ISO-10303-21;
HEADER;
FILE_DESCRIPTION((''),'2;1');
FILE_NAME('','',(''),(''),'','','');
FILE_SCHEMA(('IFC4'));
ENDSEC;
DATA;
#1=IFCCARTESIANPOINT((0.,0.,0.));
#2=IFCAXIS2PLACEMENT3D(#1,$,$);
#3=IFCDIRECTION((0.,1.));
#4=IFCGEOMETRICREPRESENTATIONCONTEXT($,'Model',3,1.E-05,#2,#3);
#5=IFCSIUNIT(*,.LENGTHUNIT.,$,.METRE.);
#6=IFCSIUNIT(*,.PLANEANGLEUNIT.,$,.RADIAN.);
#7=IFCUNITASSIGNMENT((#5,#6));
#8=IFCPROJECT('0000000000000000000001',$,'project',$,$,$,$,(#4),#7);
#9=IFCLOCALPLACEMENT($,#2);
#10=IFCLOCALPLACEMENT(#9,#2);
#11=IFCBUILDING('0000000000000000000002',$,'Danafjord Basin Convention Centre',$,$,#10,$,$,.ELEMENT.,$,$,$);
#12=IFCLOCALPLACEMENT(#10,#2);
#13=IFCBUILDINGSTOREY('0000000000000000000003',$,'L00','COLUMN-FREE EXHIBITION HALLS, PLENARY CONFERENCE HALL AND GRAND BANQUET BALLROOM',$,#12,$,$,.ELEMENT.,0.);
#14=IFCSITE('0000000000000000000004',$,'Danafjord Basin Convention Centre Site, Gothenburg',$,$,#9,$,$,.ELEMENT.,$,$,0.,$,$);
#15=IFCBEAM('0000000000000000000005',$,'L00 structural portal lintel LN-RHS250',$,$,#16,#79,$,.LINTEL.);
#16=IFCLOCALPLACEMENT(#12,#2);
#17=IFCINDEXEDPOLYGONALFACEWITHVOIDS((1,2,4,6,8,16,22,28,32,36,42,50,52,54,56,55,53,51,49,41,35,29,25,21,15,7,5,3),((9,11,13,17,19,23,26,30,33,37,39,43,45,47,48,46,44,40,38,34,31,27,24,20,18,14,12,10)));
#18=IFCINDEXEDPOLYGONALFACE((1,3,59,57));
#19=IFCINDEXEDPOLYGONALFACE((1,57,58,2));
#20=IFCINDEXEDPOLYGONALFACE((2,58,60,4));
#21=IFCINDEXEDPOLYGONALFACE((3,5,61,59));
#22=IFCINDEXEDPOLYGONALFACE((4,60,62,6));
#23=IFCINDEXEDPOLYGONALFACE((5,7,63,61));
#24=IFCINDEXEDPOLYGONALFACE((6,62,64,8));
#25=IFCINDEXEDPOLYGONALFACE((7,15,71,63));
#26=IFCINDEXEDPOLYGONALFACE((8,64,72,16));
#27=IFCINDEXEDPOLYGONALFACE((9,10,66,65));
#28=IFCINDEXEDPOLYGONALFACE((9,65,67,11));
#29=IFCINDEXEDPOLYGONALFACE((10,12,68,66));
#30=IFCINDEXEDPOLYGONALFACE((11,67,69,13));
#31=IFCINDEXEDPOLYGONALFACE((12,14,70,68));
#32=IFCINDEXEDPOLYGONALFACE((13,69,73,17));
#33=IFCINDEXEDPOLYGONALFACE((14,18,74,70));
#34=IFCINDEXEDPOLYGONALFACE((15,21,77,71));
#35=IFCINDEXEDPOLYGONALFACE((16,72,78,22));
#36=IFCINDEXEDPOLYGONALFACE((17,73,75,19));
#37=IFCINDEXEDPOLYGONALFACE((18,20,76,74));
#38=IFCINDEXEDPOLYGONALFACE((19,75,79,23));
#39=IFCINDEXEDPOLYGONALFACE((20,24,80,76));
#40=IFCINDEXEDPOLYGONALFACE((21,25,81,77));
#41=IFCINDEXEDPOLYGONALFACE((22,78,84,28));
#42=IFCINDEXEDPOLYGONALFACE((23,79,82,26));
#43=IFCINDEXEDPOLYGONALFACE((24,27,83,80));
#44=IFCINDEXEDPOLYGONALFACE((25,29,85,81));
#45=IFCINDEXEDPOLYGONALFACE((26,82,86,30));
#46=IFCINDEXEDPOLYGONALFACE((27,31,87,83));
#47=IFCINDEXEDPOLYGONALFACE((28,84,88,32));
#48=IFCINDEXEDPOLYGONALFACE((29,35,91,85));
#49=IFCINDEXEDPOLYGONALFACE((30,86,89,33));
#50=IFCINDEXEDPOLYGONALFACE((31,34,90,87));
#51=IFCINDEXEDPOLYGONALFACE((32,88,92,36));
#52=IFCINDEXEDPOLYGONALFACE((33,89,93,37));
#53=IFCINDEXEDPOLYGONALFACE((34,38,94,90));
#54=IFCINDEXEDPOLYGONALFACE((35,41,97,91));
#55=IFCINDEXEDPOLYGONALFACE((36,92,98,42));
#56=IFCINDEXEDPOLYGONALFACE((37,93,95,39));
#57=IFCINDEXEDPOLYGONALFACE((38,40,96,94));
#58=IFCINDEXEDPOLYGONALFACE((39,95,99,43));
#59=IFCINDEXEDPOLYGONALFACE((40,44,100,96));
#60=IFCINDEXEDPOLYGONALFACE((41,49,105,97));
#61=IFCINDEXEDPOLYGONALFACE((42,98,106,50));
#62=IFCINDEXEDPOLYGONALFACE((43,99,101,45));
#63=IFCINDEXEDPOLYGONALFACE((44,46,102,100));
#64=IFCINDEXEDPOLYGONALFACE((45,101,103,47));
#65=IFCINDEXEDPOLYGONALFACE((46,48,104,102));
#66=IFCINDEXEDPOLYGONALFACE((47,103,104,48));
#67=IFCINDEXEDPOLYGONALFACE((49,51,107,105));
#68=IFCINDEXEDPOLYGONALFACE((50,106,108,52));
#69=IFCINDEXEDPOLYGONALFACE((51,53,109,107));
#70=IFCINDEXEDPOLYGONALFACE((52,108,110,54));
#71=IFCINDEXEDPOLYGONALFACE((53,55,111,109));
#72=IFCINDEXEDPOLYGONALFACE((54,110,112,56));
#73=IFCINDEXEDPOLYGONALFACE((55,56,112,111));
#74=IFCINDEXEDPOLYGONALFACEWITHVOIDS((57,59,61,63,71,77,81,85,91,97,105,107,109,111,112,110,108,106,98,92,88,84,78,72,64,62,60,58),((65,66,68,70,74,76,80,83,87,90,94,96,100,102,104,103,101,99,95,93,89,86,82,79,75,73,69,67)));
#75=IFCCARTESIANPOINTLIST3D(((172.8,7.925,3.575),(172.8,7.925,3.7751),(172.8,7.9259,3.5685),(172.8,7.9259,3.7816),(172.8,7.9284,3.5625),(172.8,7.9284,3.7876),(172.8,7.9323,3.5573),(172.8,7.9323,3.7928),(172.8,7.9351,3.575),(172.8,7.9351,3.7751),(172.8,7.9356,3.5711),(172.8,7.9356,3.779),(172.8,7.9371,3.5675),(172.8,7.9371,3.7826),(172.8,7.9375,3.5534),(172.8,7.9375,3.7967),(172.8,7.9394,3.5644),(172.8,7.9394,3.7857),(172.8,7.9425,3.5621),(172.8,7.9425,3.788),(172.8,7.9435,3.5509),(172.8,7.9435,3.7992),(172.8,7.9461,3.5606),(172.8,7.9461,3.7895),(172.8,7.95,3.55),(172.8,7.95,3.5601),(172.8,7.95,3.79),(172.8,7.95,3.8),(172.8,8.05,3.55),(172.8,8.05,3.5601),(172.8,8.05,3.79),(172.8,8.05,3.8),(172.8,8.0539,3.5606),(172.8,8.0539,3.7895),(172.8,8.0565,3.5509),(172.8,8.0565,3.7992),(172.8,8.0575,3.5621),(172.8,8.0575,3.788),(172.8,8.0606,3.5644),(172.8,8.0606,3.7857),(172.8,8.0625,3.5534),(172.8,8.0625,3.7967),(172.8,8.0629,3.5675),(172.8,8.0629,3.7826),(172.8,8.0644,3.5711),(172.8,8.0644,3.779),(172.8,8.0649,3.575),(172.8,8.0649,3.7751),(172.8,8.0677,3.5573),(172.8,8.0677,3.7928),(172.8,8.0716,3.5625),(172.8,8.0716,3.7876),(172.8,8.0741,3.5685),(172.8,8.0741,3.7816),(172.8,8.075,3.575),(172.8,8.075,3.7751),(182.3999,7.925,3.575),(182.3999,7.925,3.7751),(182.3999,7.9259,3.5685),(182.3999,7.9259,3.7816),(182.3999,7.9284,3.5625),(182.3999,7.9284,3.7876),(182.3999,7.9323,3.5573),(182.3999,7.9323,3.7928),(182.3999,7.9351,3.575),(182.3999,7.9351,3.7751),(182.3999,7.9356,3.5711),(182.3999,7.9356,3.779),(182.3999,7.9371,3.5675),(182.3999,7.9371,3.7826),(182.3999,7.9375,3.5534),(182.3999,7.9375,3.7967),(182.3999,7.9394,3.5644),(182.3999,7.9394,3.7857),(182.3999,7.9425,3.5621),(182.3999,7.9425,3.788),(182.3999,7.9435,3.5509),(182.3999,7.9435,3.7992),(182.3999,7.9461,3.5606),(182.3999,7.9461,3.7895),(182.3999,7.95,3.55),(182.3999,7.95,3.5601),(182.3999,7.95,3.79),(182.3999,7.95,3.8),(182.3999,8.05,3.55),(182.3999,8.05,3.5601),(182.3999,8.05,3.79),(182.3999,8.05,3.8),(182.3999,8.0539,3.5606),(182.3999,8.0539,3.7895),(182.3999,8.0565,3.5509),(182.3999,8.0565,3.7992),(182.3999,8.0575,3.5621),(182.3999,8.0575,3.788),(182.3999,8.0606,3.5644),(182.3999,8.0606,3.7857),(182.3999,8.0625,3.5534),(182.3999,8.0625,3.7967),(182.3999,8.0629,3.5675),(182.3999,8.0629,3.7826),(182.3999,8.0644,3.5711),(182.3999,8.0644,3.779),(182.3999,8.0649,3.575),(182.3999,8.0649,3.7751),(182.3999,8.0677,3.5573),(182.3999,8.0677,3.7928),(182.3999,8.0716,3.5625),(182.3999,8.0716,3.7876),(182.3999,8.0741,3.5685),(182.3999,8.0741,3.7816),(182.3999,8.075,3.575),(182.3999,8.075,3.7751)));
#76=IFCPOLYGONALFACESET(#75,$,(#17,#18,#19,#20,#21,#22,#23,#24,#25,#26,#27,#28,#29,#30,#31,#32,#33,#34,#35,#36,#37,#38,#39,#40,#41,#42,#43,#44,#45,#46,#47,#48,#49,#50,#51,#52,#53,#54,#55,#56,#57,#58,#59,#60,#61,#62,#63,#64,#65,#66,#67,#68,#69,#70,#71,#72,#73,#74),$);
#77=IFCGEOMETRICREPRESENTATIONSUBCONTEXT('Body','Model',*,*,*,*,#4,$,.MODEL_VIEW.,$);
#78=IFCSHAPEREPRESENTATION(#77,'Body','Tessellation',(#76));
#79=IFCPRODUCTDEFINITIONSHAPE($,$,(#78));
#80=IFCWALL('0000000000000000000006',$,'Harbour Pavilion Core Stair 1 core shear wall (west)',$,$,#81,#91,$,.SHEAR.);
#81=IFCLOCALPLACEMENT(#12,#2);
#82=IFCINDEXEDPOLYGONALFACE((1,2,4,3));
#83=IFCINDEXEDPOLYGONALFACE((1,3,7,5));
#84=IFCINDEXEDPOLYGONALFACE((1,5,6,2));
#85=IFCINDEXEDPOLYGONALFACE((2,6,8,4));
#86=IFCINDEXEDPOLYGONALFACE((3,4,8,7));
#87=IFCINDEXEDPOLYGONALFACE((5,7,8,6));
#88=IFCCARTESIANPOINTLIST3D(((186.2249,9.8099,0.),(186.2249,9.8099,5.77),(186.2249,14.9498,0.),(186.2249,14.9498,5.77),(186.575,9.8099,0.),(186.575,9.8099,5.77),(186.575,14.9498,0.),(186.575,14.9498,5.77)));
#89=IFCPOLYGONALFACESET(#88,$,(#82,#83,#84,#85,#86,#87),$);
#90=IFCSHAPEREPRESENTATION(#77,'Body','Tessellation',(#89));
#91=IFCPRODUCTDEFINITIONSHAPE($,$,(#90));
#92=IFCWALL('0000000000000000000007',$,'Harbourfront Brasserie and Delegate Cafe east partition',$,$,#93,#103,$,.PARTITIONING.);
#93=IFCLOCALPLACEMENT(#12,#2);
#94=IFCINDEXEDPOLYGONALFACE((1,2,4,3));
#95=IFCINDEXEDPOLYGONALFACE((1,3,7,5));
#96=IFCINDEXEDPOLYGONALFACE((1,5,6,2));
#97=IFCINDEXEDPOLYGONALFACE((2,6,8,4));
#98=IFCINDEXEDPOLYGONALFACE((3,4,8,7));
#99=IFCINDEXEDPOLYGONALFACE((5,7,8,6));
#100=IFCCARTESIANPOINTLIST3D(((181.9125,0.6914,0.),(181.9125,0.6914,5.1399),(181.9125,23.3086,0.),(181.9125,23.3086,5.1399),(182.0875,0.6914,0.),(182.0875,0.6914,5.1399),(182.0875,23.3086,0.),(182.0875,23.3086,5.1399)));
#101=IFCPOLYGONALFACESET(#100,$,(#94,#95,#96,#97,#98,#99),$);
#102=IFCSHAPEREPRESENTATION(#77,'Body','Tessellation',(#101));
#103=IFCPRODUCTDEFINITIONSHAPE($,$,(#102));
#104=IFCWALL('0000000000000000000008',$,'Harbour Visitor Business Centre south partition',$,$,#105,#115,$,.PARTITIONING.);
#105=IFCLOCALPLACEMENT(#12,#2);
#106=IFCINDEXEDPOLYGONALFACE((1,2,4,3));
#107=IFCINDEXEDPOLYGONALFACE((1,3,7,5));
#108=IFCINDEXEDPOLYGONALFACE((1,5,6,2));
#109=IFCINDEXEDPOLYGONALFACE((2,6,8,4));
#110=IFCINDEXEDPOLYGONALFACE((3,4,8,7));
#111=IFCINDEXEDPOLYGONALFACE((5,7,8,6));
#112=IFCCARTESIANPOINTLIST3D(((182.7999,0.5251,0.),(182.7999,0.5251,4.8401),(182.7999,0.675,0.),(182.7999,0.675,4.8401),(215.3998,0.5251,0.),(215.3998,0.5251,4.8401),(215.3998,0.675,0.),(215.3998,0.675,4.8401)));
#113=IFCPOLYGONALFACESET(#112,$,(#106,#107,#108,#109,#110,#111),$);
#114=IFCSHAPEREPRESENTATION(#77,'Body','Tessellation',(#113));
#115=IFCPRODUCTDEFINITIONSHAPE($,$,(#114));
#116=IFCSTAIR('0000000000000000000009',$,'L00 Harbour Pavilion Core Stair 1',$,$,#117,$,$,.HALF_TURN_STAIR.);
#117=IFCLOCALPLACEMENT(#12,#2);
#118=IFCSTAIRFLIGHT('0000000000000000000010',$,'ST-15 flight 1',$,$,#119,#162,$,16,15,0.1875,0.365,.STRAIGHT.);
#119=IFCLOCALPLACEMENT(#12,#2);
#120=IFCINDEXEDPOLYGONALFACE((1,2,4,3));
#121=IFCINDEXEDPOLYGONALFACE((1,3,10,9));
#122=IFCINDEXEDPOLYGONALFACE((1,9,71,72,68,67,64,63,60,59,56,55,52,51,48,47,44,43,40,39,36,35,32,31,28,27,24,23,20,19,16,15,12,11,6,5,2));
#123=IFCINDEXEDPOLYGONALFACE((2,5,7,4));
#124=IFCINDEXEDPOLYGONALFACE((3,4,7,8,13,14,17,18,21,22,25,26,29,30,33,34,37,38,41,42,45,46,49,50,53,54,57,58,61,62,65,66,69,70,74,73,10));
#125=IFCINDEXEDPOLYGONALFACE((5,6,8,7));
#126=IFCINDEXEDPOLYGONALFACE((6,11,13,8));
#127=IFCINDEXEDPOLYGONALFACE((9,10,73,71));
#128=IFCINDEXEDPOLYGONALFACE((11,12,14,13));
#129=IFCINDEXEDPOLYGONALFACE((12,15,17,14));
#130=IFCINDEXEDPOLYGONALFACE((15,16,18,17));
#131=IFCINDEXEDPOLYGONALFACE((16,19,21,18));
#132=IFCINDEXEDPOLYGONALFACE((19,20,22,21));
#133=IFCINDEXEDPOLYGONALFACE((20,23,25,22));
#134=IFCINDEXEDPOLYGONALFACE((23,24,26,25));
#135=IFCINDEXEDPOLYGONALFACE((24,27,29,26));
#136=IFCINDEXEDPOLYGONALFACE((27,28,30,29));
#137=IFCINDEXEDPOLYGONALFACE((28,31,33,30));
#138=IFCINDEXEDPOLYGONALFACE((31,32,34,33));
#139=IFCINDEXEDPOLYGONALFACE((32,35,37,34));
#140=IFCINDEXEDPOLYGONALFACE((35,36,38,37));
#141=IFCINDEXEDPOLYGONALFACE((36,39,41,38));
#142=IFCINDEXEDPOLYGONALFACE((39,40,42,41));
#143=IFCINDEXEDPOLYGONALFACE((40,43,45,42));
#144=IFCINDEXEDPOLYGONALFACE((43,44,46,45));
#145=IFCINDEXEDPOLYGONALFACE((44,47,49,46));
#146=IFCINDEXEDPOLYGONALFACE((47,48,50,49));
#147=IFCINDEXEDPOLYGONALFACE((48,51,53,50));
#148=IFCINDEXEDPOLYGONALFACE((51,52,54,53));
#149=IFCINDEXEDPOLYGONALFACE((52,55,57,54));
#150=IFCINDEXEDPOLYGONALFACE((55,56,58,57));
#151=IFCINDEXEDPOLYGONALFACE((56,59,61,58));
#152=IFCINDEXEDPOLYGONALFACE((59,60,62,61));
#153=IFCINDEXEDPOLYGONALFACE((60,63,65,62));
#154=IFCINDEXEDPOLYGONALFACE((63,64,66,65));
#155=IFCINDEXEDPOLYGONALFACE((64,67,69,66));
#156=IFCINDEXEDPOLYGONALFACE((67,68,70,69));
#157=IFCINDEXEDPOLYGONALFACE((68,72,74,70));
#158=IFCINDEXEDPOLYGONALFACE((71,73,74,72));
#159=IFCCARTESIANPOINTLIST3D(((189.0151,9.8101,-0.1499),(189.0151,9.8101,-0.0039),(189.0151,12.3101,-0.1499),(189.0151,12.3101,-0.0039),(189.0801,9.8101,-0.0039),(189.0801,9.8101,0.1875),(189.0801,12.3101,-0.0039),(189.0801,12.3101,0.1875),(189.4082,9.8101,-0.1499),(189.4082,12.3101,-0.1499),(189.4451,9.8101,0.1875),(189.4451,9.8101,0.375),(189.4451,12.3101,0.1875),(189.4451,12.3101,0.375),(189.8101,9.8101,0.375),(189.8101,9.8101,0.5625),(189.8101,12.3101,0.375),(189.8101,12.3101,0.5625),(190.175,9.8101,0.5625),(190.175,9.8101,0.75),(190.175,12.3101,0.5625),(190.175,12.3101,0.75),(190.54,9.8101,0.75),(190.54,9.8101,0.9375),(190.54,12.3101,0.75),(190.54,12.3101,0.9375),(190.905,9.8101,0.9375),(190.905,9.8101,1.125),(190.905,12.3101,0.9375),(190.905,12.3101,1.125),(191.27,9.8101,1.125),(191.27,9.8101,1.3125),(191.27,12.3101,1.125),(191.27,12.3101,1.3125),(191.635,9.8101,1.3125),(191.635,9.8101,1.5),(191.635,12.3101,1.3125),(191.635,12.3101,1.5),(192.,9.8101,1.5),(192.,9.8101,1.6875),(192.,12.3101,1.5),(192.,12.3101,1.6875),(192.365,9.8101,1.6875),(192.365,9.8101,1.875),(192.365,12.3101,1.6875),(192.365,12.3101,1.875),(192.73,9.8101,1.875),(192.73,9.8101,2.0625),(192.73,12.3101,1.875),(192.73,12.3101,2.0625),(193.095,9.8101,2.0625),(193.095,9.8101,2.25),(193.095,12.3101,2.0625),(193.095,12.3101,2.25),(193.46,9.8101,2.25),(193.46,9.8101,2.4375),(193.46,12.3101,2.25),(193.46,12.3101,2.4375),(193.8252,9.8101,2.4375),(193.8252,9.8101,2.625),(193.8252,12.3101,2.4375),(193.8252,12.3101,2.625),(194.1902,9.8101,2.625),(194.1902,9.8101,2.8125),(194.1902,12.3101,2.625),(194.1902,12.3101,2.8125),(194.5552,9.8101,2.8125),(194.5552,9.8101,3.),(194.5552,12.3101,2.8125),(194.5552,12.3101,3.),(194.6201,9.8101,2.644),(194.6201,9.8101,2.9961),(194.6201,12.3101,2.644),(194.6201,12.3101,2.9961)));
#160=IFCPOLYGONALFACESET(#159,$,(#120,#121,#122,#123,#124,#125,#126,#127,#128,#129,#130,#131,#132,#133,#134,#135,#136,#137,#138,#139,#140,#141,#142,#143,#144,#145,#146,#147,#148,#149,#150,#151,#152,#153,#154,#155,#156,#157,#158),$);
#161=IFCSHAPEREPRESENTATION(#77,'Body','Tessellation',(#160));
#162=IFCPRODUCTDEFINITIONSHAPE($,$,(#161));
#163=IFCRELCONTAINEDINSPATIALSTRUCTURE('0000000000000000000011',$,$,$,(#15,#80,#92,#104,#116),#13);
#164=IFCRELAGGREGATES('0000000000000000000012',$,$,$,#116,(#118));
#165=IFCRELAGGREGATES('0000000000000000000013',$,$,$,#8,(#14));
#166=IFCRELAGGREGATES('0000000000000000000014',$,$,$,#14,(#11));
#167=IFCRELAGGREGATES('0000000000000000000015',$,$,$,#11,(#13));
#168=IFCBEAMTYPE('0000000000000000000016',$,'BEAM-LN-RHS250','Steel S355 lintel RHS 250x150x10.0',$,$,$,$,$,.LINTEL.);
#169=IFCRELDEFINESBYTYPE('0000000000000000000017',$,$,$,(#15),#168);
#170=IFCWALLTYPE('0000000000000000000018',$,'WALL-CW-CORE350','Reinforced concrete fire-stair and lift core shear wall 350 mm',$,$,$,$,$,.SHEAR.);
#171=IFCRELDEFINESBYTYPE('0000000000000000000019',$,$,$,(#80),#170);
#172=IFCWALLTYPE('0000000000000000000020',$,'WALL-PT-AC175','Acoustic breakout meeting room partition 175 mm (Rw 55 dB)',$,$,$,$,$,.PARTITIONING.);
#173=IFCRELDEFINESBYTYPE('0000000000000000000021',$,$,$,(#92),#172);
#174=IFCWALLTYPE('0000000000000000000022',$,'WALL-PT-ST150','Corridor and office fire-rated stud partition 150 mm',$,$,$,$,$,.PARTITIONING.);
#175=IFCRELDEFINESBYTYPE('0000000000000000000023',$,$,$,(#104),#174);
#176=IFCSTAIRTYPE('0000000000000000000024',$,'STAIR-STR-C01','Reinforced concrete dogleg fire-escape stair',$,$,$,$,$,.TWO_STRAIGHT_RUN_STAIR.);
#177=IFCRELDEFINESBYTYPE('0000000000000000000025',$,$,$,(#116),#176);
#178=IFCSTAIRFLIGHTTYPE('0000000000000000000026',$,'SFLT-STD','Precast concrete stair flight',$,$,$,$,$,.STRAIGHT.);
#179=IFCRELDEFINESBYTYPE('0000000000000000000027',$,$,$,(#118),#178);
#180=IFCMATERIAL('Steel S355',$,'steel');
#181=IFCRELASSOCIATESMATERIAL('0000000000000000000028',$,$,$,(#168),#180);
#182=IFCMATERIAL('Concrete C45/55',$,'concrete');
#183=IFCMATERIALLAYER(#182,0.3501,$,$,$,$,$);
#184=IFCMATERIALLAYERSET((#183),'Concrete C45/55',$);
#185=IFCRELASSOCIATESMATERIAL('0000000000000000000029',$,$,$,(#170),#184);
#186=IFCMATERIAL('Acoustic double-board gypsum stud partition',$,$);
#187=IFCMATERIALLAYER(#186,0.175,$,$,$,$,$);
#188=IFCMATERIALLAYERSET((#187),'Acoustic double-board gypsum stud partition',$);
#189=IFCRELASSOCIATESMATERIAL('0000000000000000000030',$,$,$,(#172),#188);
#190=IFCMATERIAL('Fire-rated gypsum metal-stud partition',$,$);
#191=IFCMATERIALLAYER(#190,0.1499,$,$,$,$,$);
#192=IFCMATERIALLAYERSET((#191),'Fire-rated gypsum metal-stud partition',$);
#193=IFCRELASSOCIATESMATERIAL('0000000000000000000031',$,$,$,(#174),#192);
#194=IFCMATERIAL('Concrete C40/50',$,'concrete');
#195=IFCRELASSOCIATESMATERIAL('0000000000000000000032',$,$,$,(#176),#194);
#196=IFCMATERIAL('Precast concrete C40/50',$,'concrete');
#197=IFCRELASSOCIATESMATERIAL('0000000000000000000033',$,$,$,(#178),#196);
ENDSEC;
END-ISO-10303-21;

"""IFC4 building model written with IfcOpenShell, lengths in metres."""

from ifc_helpers import new_model, si_unit, direction, frame, frame_2d, origin, origin_2d, place, context, subcontext, project, spatial, polyline, rectangle, hollow_rectangle, outline, extrude, material, layer, layer_set, material_profile, profile_set, type_object, element, aggregate, save


model = new_model("IFC4")

# Units and contexts
model_context = context("Model", 3, precision=1e-05, world=origin(), true_north=direction((0.0, 1.0)))
body_context = subcontext(model_context, "Body", "Model", "MODEL_VIEW")
ifc_project = project(units=[si_unit("LENGTHUNIT", "METRE"), si_unit("PLANEANGLEUNIT", "RADIAN")], contexts=[model_context])

# Site, building, storey
site_placement = place(None, origin())
site = spatial("IfcSite", under=ifc_project, at=site_placement, Name="Danafjord Basin Convention Centre Site, Gothenburg", CompositionType="ELEMENT", RefElevation=0.0)
building_placement = place(site_placement, origin())
building = spatial("IfcBuilding", under=site, at=building_placement, Name="Danafjord Basin Convention Centre", CompositionType="ELEMENT")
storey_placement = place(building_placement, origin())
storey = spatial("IfcBuildingStorey", under=building, at=storey_placement, Name="L00", Description="COLUMN-FREE EXHIBITION HALLS, PLENARY CONFERENCE HALL AND GRAND BANQUET BALLROOM", CompositionType="ELEMENT", Elevation=0.0)

# Shared definitions
ifc_material_1 = material(Name="Concrete C40/50", Category="concrete")

# Shared definitions
ifc_material_2 = material(Name="Steel S355", Category="steel")

# Beam
ifc_material_profile_1 = material_profile(ifc_material_2, hollow_rectangle(XDim=0.1499, YDim=0.25, WallThickness=0.01, InnerFilletRadius=0.0149, OuterFilletRadius=0.0249, at=origin_2d()), Name="RHS 250x150x10.0")
ifc_profile_set_1 = profile_set([ifc_material_profile_1], Name="Steel S355")
beam_type_1 = type_object("IfcBeamType", Name="BEAM-LN-RHS250", Description="Steel S355 lintel RHS 250x150x10.0", PredefinedType="LINTEL", material=ifc_profile_set_1)
beam_1_placement = place(storey_placement, frame((172.8, 8.0, 3.675), z_axis=(1.0, 0.0, 0.0), x_axis=(0.0, 1.0, 0.0)))
element("IfcBeam", 1, at=beam_1_placement, inside=storey, type_object=beam_type_1, Name="L00 structural portal lintel LN-RHS250", PredefinedType="LINTEL", context=body_context, shape_type="SweptSolid", body=[
    extrude(hollow_rectangle(XDim=0.1499, YDim=0.25, WallThickness=0.01, InnerFilletRadius=0.0149, OuterFilletRadius=0.0249, at=origin_2d()), origin(), (0.0, 0.0, 1.0), 9.5999),
])

# Walls
ifc_material_3 = material(Name="Concrete C45/55", Category="concrete")
ifc_layer_1 = layer(ifc_material_3, 0.3501)
ifc_layer_set_1 = layer_set([ifc_layer_1], Name="Concrete C45/55")
wall_type_1 = type_object("IfcWallType", Name="WALL-CW-CORE350", Description="Reinforced concrete fire-stair and lift core shear wall 350 mm", PredefinedType="SHEAR", material=ifc_layer_set_1)
wall_1_placement = place(storey_placement, frame((186.3999, 9.8101, 0.0), z_axis=(0.0, 0.0, 1.0), x_axis=(0.0, 1.0, 0.0)))
element("IfcWall", 2, at=wall_1_placement, inside=storey, type_object=wall_type_1, Name="Harbour Pavilion Core Stair 1 core shear wall (west)", PredefinedType="SHEAR", context=body_context, shape_type="SweptSolid", body=[
    extrude(rectangle(XDim=5.1399, YDim=0.3501, at=frame_2d((2.5698, 0.0))), origin(), (0.0, 0.0, 1.0), 5.77),
])
ifc_material_4 = material(Name="Acoustic double-board gypsum stud partition")
ifc_layer_2 = layer(ifc_material_4, 0.175)
ifc_layer_set_2 = layer_set([ifc_layer_2], Name="Acoustic double-board gypsum stud partition")
wall_type_2 = type_object("IfcWallType", Name="WALL-PT-AC175", Description="Acoustic breakout meeting room partition 175 mm (Rw 55 dB)", PredefinedType="PARTITIONING", material=ifc_layer_set_2)
wall_2_placement = place(storey_placement, frame((182.0, 0.6914, 0.0), z_axis=(0.0, 0.0, 1.0), x_axis=(0.0, 1.0, 0.0)))
element("IfcWall", 3, at=wall_2_placement, inside=storey, type_object=wall_type_2, Name="Harbourfront Brasserie and Delegate Cafe east partition", PredefinedType="PARTITIONING", context=body_context, shape_type="SweptSolid", body=[
    extrude(rectangle(XDim=22.6172, YDim=0.175, at=frame_2d((11.3086, 0.0))), origin(), (0.0, 0.0, 1.0), 5.1399),
])
ifc_material_5 = material(Name="Fire-rated gypsum metal-stud partition")
ifc_layer_3 = layer(ifc_material_5, 0.1499)
ifc_layer_set_3 = layer_set([ifc_layer_3], Name="Fire-rated gypsum metal-stud partition")
wall_type_3 = type_object("IfcWallType", Name="WALL-PT-ST150", Description="Corridor and office fire-rated stud partition 150 mm", PredefinedType="PARTITIONING", material=ifc_layer_set_3)
wall_3_placement = place(storey_placement, frame((182.8, 0.6001, 0.0), z_axis=(0.0, 0.0, 1.0), x_axis=(1.0, 0.0, 0.0)))
element("IfcWall", 4, at=wall_3_placement, inside=storey, type_object=wall_type_3, Name="Harbour Visitor Business Centre south partition", PredefinedType="PARTITIONING", context=body_context, shape_type="SweptSolid", body=[
    extrude(rectangle(XDim=32.5999, YDim=0.1499, at=frame_2d((16.2998, 0.0))), origin(), (0.0, 0.0, 1.0), 4.8401),
])

# Stair, stair flight
stair_type = type_object("IfcStairType", Name="STAIR-STR-C01", Description="Reinforced concrete dogleg fire-escape stair", PredefinedType="TWO_STRAIGHT_RUN_STAIR", material=ifc_material_1)
stair_placement = place(storey_placement, origin())
stair = element("IfcStair", 5, at=stair_placement, inside=storey, type_object=stair_type, Name="L00 Harbour Pavilion Core Stair 1", PredefinedType="HALF_TURN_STAIR")
ifc_material_6 = material(Name="Precast concrete C40/50", Category="concrete")
stair_flight_type = type_object("IfcStairFlightType", Name="SFLT-STD", Description="Precast concrete stair flight", PredefinedType="STRAIGHT", material=ifc_material_6)
stair_flight_placement = place(storey_placement, frame((189.0801, 11.0601, 0.0), z_axis=(0.0, 0.0, 1.0), x_axis=(1.0, 0.0, 0.0)))
stair_flight = element("IfcStairFlight", 6, at=stair_flight_placement, type_object=stair_flight_type, Name="ST-15 flight 1", NumberOfRisers=16, NumberOfTreads=15, PredefinedType="STRAIGHT", RiserHeight=0.1875, TreadLength=0.365, context=body_context, shape_type="SweptSolid", body=[
    extrude(outline(polyline([(-0.0649, -0.1499), (-0.0649, -0.0039), (0.0, -0.0039), (0.0, 0.1875), (0.365, 0.1875), (0.365, 0.375), (0.73, 0.375), (0.73, 0.5625), (1.095, 0.5625), (1.095, 0.75), (1.46, 0.75), (1.46, 0.9375), (1.825, 0.9375), (1.825, 1.125), (2.1899, 1.125), (2.1899, 1.3125), (2.5549, 1.3125), (2.5549, 1.5), (2.9199, 1.5), (2.9199, 1.6875), (3.2849, 1.6875), (3.2849, 1.875), (3.6499, 1.875), (3.6499, 2.0625), (4.0149, 2.0625), (4.0149, 2.25), (4.3799, 2.25), (4.3799, 2.4375), (4.7451, 2.4375), (4.7451, 2.625), (5.1101, 2.625), (5.1101, 2.8125), (5.4751, 2.8125), (5.4751, 3.0), (5.54, 2.9961), (5.54, 2.644), (0.3281, -0.1499), (-0.0649, -0.1499)])), frame((0.0, 1.25, 0.0), z_axis=(0.0, -1.0, 0.0), x_axis=(1.0, 0.0, 0.0)), (0.0, 0.0, 1.0), 2.5),
])
aggregate(stair, [stair_flight])

save(model, "model.ifc")
